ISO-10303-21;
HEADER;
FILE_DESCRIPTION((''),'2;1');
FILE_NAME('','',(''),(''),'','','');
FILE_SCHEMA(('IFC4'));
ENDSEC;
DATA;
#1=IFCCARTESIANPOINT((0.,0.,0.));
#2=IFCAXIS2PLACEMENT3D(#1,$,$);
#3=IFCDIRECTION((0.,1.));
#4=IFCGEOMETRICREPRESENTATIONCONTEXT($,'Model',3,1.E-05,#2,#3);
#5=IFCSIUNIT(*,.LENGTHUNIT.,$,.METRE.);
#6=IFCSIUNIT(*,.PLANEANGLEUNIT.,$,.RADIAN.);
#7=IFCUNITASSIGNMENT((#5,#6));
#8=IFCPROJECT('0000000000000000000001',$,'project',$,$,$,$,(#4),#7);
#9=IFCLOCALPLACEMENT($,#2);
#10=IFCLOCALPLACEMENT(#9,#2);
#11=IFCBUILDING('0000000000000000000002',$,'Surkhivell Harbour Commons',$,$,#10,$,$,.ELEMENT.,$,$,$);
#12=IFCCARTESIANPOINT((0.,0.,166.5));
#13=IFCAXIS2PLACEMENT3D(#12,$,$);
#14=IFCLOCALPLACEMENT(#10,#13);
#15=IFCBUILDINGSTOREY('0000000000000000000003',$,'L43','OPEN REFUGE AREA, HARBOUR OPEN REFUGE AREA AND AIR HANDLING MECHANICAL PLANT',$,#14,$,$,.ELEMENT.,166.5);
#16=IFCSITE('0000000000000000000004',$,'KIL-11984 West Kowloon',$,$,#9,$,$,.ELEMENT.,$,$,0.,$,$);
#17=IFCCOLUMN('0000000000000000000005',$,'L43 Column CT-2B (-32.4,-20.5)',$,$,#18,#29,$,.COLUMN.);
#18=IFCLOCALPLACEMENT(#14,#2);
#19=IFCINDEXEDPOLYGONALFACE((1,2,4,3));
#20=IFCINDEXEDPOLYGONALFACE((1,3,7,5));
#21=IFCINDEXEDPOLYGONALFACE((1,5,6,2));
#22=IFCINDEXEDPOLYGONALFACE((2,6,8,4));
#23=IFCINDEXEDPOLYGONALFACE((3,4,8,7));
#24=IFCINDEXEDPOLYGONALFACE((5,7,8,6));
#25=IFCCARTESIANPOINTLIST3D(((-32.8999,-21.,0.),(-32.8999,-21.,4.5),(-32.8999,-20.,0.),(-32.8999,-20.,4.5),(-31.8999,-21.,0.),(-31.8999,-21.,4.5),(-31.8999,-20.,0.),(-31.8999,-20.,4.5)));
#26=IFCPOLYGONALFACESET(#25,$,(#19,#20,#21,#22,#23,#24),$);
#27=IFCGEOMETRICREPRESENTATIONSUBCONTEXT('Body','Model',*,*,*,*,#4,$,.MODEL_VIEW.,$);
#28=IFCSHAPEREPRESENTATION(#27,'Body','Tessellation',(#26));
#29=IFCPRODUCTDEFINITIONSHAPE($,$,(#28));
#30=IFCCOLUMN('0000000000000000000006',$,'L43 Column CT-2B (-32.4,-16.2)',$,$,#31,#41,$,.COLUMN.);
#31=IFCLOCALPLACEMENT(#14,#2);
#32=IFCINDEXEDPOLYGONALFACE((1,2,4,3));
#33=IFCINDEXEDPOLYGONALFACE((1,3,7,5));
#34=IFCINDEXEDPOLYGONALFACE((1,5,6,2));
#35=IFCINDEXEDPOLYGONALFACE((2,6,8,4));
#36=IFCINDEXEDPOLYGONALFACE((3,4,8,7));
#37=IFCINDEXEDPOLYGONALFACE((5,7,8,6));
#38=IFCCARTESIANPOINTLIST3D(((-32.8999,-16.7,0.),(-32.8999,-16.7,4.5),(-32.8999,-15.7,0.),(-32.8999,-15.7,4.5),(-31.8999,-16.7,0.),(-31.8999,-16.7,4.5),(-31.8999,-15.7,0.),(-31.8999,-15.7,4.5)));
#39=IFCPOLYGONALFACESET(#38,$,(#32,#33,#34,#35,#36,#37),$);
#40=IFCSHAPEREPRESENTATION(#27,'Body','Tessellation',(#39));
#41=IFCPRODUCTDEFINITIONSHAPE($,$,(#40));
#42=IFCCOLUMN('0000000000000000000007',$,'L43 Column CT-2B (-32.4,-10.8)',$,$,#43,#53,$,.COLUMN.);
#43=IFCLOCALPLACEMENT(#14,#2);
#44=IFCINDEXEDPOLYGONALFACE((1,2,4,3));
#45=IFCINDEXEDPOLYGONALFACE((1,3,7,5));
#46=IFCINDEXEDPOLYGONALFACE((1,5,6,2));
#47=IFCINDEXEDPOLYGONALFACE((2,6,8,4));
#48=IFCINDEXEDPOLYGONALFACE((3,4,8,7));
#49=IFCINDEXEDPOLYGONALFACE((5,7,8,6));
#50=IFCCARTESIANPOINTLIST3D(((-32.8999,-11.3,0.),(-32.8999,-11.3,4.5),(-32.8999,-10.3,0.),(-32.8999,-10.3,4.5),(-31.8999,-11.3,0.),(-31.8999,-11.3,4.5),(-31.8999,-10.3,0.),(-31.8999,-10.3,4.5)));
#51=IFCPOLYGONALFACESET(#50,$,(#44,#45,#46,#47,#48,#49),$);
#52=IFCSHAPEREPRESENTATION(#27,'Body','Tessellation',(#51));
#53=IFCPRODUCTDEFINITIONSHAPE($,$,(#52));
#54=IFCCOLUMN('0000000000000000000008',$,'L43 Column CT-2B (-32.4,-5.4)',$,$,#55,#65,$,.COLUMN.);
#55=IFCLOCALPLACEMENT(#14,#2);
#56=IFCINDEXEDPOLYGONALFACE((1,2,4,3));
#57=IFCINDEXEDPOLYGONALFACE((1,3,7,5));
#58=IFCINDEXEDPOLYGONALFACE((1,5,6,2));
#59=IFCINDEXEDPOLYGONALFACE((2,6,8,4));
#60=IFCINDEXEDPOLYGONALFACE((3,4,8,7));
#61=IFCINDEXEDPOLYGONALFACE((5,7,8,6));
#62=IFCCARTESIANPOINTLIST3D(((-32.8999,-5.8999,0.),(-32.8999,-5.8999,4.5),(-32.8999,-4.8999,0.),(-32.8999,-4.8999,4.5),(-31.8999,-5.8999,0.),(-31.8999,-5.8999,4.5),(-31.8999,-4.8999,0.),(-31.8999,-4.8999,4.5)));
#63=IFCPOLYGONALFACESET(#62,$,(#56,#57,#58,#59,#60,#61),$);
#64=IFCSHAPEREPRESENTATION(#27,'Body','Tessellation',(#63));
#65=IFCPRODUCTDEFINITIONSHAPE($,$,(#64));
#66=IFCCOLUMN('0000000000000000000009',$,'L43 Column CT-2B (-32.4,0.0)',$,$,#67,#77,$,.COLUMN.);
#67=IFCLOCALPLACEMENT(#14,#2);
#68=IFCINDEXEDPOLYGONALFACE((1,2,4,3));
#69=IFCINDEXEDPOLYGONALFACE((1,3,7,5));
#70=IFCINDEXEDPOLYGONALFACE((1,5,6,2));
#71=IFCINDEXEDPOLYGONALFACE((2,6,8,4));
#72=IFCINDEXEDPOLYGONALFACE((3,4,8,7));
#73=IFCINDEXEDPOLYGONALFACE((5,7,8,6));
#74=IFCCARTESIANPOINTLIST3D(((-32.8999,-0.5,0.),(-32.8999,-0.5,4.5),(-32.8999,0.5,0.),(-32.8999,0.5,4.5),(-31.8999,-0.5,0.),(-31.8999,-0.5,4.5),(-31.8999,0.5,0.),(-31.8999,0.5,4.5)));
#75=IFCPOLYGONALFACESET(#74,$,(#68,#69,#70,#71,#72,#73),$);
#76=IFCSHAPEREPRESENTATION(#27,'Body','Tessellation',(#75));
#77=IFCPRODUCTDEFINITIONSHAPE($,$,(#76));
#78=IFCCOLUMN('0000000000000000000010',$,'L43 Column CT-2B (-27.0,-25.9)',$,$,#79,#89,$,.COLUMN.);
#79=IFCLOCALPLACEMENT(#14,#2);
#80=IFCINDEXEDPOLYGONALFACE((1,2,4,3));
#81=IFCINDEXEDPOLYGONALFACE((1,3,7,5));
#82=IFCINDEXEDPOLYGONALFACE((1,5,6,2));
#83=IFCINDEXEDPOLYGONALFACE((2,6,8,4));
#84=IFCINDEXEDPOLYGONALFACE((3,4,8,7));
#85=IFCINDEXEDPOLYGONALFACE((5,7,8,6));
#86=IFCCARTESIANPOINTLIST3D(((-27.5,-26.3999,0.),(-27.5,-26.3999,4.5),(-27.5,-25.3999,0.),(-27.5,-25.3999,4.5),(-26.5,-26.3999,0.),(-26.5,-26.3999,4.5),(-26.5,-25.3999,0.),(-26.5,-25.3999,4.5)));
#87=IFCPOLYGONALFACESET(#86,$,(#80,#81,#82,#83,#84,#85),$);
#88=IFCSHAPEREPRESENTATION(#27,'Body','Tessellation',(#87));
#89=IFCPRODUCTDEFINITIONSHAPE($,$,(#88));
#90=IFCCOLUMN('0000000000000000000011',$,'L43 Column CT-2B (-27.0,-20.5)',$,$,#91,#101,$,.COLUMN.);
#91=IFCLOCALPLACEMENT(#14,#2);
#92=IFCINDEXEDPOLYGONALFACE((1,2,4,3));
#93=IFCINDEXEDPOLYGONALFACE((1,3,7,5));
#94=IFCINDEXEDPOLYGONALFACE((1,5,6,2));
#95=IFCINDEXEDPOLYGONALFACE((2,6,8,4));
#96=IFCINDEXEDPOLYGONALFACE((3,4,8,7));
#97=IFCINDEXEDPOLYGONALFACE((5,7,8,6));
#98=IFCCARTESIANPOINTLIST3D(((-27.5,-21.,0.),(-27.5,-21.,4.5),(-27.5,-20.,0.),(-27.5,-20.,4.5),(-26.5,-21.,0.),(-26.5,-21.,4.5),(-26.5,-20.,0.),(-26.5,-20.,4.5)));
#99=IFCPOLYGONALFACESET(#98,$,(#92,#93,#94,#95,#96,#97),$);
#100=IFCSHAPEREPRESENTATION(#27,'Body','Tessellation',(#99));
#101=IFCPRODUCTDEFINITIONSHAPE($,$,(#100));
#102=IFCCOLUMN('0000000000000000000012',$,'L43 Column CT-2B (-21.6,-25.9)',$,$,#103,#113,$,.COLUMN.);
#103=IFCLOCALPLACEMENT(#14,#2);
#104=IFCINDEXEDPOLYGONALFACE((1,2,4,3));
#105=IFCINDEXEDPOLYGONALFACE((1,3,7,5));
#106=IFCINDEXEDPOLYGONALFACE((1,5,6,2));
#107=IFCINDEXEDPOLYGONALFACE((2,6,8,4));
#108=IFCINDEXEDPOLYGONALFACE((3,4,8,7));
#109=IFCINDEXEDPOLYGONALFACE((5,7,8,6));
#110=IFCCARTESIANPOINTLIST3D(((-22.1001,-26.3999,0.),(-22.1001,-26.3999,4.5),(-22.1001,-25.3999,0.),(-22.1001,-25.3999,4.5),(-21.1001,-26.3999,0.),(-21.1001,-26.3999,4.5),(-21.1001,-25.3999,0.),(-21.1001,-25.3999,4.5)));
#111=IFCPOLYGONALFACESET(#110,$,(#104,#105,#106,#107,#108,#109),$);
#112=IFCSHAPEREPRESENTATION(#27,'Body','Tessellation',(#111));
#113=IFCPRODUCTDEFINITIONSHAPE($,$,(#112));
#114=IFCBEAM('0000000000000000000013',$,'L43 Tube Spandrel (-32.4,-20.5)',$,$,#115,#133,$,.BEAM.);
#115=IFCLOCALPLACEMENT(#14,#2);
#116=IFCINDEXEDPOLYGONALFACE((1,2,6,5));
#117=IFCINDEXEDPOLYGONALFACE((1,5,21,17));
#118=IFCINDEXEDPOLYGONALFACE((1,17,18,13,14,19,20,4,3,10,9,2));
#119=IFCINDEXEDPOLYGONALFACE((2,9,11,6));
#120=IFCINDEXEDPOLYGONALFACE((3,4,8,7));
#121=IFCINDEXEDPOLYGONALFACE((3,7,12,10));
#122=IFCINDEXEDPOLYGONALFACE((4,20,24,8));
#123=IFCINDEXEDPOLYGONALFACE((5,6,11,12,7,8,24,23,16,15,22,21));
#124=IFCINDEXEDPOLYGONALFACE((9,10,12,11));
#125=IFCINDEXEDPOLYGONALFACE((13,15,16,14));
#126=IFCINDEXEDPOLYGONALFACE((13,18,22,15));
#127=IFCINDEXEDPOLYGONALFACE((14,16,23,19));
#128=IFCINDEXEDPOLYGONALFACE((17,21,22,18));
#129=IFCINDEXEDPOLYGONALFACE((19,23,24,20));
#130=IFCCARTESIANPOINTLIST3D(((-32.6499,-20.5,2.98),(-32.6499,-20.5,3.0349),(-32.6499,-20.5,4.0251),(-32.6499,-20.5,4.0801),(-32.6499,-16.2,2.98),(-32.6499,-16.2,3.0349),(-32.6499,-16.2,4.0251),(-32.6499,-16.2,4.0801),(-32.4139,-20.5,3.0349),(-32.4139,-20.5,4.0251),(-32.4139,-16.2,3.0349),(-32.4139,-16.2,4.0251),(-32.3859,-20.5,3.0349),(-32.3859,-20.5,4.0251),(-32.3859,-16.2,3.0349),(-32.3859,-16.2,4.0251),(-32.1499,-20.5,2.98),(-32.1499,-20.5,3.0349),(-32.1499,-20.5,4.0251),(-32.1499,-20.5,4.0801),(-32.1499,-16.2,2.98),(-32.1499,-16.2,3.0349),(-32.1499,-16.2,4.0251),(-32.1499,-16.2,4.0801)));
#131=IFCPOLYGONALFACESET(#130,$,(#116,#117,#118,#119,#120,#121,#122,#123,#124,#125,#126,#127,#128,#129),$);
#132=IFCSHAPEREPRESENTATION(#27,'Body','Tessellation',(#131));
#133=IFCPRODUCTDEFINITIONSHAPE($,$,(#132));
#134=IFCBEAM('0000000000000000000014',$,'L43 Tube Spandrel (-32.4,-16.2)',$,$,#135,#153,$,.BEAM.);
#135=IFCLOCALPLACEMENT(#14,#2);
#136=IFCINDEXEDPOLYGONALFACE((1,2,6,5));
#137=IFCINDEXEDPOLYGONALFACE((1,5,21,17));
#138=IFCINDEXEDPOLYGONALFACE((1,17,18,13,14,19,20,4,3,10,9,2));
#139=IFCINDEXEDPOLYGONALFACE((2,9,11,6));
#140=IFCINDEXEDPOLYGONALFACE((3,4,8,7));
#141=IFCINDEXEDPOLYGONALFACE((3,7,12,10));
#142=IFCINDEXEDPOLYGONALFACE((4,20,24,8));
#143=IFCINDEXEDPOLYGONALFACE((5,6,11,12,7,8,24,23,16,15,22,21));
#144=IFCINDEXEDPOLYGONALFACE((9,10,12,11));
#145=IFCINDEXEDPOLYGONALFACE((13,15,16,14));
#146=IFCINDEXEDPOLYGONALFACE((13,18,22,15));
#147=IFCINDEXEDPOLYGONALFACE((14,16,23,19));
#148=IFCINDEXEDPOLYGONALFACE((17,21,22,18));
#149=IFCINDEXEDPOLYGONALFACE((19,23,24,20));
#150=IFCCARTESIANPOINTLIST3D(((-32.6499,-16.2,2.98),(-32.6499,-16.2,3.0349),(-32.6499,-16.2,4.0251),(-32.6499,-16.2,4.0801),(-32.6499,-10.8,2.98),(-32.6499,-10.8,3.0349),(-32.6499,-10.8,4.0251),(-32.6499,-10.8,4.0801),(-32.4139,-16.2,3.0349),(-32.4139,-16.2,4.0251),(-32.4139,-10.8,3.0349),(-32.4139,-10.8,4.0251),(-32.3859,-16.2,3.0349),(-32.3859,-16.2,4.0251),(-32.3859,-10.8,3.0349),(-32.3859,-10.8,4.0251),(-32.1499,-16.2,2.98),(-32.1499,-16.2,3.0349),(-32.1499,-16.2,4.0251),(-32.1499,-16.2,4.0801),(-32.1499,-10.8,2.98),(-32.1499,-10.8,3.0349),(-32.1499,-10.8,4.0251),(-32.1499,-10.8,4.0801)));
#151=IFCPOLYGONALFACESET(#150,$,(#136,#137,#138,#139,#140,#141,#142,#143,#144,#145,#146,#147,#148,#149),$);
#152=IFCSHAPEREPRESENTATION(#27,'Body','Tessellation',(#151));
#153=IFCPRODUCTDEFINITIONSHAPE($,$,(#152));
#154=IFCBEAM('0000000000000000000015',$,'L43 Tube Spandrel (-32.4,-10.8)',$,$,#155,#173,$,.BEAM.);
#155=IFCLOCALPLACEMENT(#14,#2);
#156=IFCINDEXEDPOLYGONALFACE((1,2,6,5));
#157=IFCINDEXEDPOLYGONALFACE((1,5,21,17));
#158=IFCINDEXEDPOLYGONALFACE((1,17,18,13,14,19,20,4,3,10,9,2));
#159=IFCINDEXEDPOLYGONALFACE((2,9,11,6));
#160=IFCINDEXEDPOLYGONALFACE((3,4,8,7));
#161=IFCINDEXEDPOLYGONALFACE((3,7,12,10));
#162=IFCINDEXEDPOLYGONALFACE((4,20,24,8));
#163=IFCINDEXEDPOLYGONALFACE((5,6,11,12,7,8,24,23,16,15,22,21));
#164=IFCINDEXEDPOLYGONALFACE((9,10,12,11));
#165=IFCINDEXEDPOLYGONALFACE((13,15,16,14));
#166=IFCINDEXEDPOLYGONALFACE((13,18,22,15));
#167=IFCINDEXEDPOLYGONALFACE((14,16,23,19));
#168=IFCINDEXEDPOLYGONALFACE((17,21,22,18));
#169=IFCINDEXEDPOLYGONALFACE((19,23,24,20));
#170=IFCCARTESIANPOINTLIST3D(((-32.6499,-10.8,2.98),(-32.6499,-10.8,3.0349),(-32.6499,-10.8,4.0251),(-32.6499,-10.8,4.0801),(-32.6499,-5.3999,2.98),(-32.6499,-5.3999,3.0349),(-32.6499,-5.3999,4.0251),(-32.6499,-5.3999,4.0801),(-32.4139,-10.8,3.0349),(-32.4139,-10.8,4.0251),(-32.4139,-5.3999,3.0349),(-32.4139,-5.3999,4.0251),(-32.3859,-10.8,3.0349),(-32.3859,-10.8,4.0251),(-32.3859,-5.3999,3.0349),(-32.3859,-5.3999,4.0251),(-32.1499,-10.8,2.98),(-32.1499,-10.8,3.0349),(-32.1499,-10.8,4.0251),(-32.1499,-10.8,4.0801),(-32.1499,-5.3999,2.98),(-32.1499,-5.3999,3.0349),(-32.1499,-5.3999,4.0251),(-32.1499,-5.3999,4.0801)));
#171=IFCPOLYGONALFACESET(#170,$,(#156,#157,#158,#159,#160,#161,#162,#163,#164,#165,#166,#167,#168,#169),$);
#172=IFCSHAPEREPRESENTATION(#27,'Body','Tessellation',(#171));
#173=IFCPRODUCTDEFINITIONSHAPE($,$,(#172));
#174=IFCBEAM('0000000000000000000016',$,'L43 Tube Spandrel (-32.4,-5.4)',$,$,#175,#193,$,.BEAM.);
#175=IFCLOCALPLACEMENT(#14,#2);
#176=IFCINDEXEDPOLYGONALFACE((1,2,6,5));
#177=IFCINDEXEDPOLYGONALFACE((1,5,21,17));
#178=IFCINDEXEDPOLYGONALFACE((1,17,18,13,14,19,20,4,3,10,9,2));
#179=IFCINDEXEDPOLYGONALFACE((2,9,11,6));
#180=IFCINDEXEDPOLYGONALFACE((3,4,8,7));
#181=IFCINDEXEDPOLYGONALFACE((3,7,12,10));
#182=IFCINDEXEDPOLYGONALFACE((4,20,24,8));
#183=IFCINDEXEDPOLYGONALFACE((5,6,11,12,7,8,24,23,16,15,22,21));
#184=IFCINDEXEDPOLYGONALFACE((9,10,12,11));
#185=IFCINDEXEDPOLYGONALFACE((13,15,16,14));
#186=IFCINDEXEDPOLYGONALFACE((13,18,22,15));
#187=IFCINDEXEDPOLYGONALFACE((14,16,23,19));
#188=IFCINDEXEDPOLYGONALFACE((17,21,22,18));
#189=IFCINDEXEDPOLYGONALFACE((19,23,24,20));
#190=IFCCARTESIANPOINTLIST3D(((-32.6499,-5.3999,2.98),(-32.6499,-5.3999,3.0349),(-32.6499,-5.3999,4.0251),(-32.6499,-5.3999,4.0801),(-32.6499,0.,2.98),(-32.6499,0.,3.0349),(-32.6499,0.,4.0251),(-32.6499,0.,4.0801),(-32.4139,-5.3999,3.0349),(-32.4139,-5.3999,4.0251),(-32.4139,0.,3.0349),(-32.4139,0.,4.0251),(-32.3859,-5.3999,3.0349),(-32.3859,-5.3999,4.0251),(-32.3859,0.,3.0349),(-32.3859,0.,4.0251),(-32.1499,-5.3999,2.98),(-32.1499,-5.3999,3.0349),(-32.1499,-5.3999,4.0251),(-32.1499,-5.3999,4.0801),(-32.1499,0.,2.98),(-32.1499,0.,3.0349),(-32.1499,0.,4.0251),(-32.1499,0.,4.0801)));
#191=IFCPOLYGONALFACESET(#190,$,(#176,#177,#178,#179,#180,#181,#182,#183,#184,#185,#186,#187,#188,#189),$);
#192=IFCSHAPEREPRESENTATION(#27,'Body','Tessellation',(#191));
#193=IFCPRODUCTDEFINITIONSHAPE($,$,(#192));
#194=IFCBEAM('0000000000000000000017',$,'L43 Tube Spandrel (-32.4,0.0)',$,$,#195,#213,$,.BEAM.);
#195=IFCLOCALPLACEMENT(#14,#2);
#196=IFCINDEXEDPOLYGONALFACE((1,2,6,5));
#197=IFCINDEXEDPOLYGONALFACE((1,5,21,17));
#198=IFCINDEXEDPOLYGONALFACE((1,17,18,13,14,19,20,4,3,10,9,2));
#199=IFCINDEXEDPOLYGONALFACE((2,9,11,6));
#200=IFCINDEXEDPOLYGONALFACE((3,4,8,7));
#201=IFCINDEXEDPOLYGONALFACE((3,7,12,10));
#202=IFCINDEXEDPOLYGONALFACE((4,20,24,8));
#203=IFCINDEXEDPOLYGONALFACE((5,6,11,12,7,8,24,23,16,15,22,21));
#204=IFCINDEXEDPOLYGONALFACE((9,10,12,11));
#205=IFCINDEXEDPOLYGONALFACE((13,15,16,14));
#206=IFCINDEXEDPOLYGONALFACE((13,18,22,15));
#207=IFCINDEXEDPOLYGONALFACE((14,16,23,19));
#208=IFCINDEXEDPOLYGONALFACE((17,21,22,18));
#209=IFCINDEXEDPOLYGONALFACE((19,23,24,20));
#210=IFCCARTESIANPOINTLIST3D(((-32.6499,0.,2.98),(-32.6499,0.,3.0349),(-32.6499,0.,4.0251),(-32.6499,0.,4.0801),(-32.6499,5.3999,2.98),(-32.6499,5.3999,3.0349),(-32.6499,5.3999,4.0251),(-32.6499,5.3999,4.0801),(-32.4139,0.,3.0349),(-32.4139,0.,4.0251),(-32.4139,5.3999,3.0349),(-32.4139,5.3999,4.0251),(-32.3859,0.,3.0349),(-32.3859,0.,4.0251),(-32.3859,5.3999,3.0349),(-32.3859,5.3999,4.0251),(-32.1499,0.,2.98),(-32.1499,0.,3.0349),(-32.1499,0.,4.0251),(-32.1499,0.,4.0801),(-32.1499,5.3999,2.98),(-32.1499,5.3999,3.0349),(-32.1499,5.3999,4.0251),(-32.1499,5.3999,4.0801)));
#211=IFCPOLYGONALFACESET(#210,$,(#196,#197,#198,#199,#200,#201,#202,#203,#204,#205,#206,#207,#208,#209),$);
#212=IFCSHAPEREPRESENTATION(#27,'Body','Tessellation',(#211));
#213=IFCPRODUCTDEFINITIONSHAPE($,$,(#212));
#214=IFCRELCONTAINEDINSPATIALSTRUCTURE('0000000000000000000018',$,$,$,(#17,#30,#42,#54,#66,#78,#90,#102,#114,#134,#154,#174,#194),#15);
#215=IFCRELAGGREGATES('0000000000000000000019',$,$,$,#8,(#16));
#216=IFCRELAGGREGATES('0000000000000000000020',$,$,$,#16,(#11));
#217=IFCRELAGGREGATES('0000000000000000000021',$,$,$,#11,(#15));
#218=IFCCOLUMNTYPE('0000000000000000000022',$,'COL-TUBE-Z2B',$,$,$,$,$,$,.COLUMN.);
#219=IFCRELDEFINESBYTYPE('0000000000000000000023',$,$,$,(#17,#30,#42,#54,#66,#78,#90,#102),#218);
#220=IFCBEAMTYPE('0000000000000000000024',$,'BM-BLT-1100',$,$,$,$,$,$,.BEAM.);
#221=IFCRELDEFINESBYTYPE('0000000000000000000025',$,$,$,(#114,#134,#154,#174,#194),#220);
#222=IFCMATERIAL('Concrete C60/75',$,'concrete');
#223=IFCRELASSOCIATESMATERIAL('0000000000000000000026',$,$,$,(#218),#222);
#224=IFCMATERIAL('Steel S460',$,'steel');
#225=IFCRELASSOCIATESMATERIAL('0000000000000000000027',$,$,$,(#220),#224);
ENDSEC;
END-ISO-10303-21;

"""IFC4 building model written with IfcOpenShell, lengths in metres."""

from ifc_helpers import new_model, si_unit, direction, frame, origin, origin_2d, place, context, subcontext, project, spatial, rectangle, i_section, extrude, material, material_profile, profile_set, type_object, element, save


model = new_model("IFC4")

# Units and contexts
model_context = context("Model", 3, precision=1e-05, world=origin(), true_north=direction((0.0, 1.0)))
body_context = subcontext(model_context, "Body", "Model", "MODEL_VIEW")
ifc_project = project(units=[si_unit("LENGTHUNIT", "METRE"), si_unit("PLANEANGLEUNIT", "RADIAN")], contexts=[model_context])

# Site, building, storey
site_placement = place(None, origin())
site = spatial("IfcSite", under=ifc_project, at=site_placement, Name="KIL-11984 West Kowloon", CompositionType="ELEMENT", RefElevation=0.0)
building_placement = place(site_placement, origin())
building = spatial("IfcBuilding", under=site, at=building_placement, Name="Surkhivell Harbour Commons", CompositionType="ELEMENT")
storey_placement = place(building_placement, frame((0.0, 0.0, 166.5)))
storey = spatial("IfcBuildingStorey", under=building, at=storey_placement, Name="L43", Description="OPEN REFUGE AREA, HARBOUR OPEN REFUGE AREA AND AIR HANDLING MECHANICAL PLANT", CompositionType="ELEMENT", Elevation=166.5)

# Columns
ifc_material_1 = material(Name="Concrete C60/75", Category="concrete")
ifc_material_profile_1 = material_profile(ifc_material_1, rectangle(XDim=1.0, YDim=1.0, at=origin_2d()), Name="RC-COL-1000x1000")
ifc_profile_set_1 = profile_set([ifc_material_profile_1], Name="Concrete C60/75")
column_type = type_object("IfcColumnType", Name="COL-TUBE-Z2B", PredefinedType="COLUMN", material=ifc_profile_set_1)
for number, where, z_axis, x_axis, name in (
    (1, (-32.3999, -20.5, 0.0), (0.0, 0.0, 1.0), (1.0, 0.0, 0.0), "L43 Column CT-2B (-32.4,-20.5)"),
    (2, (-32.3999, -16.2, 0.0), (0.0, 0.0, 1.0), (1.0, 0.0, 0.0), "L43 Column CT-2B (-32.4,-16.2)"),
    (3, (-32.3999, -10.8, 0.0), (0.0, 0.0, 1.0), (1.0, 0.0, 0.0), "L43 Column CT-2B (-32.4,-10.8)"),
    (4, (-32.3999, -5.3999, 0.0), (0.0, 0.0, 1.0), (1.0, 0.0, 0.0), "L43 Column CT-2B (-32.4,-5.4)"),
    (5, (-32.3999, 0.0, 0.0), (0.0, 0.0, 1.0), (1.0, 0.0, 0.0), "L43 Column CT-2B (-32.4,0.0)"),
    (6, (-27.0, -25.8999, 0.0), (0.0, 0.0, 1.0), (1.0, 0.0, 0.0), "L43 Column CT-2B (-27.0,-25.9)"),
    (7, (-27.0, -20.5, 0.0), (0.0, 0.0, 1.0), (1.0, 0.0, 0.0), "L43 Column CT-2B (-27.0,-20.5)"),
    (8, (-21.6001, -25.8999, 0.0), (0.0, 0.0, 1.0), (1.0, 0.0, 0.0), "L43 Column CT-2B (-21.6,-25.9)"),
):
    element("IfcColumn", number, at=place(storey_placement, frame(where, z_axis=z_axis, x_axis=x_axis)), inside=storey, type_object=column_type, Name=name, PredefinedType="COLUMN", context=body_context, shape_type="SweptSolid", body=[
        extrude(rectangle(XDim=1.0, YDim=1.0, at=origin_2d()), origin(), (0.0, 0.0, 1.0), 4.5),
    ])

# Beams
ifc_material_2 = material(Name="Steel S460", Category="steel")
ifc_material_profile_2 = material_profile(ifc_material_2, i_section(OverallWidth=0.5, OverallDepth=1.1001, WebThickness=0.0281, FlangeThickness=0.0549, at=origin_2d()), Name="WPG1100x500x210")
ifc_profile_set_2 = profile_set([ifc_material_profile_2], Name="Steel S460")
beam_type_1 = type_object("IfcBeamType", Name="BM-BLT-1100", PredefinedType="BEAM", material=ifc_profile_set_2)
beam_1_placement = place(storey_placement, frame((-32.3999, -20.5, 3.53), z_axis=(0.0, 1.0, 0.0), x_axis=(-1.0, 0.0, 0.0)))
element("IfcBeam", 9, at=beam_1_placement, inside=storey, type_object=beam_type_1, Name="L43 Tube Spandrel (-32.4,-20.5)", PredefinedType="BEAM", context=body_context, shape_type="SweptSolid", body=[
    extrude(i_section(OverallWidth=0.5, OverallDepth=1.1001, WebThickness=0.0281, FlangeThickness=0.0549, at=origin_2d()), origin(), (0.0, 0.0, 1.0), 4.3),
])
beam_2_placement = place(storey_placement, frame((-32.3999, -16.2, 3.53), z_axis=(0.0, 1.0, 0.0), x_axis=(-1.0, 0.0, 0.0)))
element("IfcBeam", 10, at=beam_2_placement, inside=storey, type_object=beam_type_1, Name="L43 Tube Spandrel (-32.4,-16.2)", PredefinedType="BEAM", context=body_context, shape_type="SweptSolid", body=[
    extrude(i_section(OverallWidth=0.5, OverallDepth=1.1001, WebThickness=0.0281, FlangeThickness=0.0549, at=origin_2d()), origin(), (0.0, 0.0, 1.0), 5.3999),
])
beam_3_placement = place(storey_placement, frame((-32.3999, -10.8, 3.53), z_axis=(0.0, 1.0, 0.0), x_axis=(-1.0, 0.0, 0.0)))
element("IfcBeam", 11, at=beam_3_placement, inside=storey, type_object=beam_type_1, Name="L43 Tube Spandrel (-32.4,-10.8)", PredefinedType="BEAM", context=body_context, shape_type="SweptSolid", body=[
    extrude(i_section(OverallWidth=0.5, OverallDepth=1.1001, WebThickness=0.0281, FlangeThickness=0.0549, at=origin_2d()), origin(), (0.0, 0.0, 1.0), 5.4001),
])
for number, where, z_axis, x_axis, name in (
    (12, (-32.3999, -5.3999, 3.53), (0.0, 1.0, 0.0), (-1.0, 0.0, 0.0), "L43 Tube Spandrel (-32.4,-5.4)"),
    (13, (-32.3999, 0.0, 3.53), (0.0, 1.0, 0.0), (-1.0, 0.0, 0.0), "L43 Tube Spandrel (-32.4,0.0)"),
):
    element("IfcBeam", number, at=place(storey_placement, frame(where, z_axis=z_axis, x_axis=x_axis)), inside=storey, type_object=beam_type_1, Name=name, PredefinedType="BEAM", context=body_context, shape_type="SweptSolid", body=[
        extrude(i_section(OverallWidth=0.5, OverallDepth=1.1001, WebThickness=0.0281, FlangeThickness=0.0549, at=origin_2d()), origin(), (0.0, 0.0, 1.0), 5.3999),
    ])

save(model, "model.ifc")
